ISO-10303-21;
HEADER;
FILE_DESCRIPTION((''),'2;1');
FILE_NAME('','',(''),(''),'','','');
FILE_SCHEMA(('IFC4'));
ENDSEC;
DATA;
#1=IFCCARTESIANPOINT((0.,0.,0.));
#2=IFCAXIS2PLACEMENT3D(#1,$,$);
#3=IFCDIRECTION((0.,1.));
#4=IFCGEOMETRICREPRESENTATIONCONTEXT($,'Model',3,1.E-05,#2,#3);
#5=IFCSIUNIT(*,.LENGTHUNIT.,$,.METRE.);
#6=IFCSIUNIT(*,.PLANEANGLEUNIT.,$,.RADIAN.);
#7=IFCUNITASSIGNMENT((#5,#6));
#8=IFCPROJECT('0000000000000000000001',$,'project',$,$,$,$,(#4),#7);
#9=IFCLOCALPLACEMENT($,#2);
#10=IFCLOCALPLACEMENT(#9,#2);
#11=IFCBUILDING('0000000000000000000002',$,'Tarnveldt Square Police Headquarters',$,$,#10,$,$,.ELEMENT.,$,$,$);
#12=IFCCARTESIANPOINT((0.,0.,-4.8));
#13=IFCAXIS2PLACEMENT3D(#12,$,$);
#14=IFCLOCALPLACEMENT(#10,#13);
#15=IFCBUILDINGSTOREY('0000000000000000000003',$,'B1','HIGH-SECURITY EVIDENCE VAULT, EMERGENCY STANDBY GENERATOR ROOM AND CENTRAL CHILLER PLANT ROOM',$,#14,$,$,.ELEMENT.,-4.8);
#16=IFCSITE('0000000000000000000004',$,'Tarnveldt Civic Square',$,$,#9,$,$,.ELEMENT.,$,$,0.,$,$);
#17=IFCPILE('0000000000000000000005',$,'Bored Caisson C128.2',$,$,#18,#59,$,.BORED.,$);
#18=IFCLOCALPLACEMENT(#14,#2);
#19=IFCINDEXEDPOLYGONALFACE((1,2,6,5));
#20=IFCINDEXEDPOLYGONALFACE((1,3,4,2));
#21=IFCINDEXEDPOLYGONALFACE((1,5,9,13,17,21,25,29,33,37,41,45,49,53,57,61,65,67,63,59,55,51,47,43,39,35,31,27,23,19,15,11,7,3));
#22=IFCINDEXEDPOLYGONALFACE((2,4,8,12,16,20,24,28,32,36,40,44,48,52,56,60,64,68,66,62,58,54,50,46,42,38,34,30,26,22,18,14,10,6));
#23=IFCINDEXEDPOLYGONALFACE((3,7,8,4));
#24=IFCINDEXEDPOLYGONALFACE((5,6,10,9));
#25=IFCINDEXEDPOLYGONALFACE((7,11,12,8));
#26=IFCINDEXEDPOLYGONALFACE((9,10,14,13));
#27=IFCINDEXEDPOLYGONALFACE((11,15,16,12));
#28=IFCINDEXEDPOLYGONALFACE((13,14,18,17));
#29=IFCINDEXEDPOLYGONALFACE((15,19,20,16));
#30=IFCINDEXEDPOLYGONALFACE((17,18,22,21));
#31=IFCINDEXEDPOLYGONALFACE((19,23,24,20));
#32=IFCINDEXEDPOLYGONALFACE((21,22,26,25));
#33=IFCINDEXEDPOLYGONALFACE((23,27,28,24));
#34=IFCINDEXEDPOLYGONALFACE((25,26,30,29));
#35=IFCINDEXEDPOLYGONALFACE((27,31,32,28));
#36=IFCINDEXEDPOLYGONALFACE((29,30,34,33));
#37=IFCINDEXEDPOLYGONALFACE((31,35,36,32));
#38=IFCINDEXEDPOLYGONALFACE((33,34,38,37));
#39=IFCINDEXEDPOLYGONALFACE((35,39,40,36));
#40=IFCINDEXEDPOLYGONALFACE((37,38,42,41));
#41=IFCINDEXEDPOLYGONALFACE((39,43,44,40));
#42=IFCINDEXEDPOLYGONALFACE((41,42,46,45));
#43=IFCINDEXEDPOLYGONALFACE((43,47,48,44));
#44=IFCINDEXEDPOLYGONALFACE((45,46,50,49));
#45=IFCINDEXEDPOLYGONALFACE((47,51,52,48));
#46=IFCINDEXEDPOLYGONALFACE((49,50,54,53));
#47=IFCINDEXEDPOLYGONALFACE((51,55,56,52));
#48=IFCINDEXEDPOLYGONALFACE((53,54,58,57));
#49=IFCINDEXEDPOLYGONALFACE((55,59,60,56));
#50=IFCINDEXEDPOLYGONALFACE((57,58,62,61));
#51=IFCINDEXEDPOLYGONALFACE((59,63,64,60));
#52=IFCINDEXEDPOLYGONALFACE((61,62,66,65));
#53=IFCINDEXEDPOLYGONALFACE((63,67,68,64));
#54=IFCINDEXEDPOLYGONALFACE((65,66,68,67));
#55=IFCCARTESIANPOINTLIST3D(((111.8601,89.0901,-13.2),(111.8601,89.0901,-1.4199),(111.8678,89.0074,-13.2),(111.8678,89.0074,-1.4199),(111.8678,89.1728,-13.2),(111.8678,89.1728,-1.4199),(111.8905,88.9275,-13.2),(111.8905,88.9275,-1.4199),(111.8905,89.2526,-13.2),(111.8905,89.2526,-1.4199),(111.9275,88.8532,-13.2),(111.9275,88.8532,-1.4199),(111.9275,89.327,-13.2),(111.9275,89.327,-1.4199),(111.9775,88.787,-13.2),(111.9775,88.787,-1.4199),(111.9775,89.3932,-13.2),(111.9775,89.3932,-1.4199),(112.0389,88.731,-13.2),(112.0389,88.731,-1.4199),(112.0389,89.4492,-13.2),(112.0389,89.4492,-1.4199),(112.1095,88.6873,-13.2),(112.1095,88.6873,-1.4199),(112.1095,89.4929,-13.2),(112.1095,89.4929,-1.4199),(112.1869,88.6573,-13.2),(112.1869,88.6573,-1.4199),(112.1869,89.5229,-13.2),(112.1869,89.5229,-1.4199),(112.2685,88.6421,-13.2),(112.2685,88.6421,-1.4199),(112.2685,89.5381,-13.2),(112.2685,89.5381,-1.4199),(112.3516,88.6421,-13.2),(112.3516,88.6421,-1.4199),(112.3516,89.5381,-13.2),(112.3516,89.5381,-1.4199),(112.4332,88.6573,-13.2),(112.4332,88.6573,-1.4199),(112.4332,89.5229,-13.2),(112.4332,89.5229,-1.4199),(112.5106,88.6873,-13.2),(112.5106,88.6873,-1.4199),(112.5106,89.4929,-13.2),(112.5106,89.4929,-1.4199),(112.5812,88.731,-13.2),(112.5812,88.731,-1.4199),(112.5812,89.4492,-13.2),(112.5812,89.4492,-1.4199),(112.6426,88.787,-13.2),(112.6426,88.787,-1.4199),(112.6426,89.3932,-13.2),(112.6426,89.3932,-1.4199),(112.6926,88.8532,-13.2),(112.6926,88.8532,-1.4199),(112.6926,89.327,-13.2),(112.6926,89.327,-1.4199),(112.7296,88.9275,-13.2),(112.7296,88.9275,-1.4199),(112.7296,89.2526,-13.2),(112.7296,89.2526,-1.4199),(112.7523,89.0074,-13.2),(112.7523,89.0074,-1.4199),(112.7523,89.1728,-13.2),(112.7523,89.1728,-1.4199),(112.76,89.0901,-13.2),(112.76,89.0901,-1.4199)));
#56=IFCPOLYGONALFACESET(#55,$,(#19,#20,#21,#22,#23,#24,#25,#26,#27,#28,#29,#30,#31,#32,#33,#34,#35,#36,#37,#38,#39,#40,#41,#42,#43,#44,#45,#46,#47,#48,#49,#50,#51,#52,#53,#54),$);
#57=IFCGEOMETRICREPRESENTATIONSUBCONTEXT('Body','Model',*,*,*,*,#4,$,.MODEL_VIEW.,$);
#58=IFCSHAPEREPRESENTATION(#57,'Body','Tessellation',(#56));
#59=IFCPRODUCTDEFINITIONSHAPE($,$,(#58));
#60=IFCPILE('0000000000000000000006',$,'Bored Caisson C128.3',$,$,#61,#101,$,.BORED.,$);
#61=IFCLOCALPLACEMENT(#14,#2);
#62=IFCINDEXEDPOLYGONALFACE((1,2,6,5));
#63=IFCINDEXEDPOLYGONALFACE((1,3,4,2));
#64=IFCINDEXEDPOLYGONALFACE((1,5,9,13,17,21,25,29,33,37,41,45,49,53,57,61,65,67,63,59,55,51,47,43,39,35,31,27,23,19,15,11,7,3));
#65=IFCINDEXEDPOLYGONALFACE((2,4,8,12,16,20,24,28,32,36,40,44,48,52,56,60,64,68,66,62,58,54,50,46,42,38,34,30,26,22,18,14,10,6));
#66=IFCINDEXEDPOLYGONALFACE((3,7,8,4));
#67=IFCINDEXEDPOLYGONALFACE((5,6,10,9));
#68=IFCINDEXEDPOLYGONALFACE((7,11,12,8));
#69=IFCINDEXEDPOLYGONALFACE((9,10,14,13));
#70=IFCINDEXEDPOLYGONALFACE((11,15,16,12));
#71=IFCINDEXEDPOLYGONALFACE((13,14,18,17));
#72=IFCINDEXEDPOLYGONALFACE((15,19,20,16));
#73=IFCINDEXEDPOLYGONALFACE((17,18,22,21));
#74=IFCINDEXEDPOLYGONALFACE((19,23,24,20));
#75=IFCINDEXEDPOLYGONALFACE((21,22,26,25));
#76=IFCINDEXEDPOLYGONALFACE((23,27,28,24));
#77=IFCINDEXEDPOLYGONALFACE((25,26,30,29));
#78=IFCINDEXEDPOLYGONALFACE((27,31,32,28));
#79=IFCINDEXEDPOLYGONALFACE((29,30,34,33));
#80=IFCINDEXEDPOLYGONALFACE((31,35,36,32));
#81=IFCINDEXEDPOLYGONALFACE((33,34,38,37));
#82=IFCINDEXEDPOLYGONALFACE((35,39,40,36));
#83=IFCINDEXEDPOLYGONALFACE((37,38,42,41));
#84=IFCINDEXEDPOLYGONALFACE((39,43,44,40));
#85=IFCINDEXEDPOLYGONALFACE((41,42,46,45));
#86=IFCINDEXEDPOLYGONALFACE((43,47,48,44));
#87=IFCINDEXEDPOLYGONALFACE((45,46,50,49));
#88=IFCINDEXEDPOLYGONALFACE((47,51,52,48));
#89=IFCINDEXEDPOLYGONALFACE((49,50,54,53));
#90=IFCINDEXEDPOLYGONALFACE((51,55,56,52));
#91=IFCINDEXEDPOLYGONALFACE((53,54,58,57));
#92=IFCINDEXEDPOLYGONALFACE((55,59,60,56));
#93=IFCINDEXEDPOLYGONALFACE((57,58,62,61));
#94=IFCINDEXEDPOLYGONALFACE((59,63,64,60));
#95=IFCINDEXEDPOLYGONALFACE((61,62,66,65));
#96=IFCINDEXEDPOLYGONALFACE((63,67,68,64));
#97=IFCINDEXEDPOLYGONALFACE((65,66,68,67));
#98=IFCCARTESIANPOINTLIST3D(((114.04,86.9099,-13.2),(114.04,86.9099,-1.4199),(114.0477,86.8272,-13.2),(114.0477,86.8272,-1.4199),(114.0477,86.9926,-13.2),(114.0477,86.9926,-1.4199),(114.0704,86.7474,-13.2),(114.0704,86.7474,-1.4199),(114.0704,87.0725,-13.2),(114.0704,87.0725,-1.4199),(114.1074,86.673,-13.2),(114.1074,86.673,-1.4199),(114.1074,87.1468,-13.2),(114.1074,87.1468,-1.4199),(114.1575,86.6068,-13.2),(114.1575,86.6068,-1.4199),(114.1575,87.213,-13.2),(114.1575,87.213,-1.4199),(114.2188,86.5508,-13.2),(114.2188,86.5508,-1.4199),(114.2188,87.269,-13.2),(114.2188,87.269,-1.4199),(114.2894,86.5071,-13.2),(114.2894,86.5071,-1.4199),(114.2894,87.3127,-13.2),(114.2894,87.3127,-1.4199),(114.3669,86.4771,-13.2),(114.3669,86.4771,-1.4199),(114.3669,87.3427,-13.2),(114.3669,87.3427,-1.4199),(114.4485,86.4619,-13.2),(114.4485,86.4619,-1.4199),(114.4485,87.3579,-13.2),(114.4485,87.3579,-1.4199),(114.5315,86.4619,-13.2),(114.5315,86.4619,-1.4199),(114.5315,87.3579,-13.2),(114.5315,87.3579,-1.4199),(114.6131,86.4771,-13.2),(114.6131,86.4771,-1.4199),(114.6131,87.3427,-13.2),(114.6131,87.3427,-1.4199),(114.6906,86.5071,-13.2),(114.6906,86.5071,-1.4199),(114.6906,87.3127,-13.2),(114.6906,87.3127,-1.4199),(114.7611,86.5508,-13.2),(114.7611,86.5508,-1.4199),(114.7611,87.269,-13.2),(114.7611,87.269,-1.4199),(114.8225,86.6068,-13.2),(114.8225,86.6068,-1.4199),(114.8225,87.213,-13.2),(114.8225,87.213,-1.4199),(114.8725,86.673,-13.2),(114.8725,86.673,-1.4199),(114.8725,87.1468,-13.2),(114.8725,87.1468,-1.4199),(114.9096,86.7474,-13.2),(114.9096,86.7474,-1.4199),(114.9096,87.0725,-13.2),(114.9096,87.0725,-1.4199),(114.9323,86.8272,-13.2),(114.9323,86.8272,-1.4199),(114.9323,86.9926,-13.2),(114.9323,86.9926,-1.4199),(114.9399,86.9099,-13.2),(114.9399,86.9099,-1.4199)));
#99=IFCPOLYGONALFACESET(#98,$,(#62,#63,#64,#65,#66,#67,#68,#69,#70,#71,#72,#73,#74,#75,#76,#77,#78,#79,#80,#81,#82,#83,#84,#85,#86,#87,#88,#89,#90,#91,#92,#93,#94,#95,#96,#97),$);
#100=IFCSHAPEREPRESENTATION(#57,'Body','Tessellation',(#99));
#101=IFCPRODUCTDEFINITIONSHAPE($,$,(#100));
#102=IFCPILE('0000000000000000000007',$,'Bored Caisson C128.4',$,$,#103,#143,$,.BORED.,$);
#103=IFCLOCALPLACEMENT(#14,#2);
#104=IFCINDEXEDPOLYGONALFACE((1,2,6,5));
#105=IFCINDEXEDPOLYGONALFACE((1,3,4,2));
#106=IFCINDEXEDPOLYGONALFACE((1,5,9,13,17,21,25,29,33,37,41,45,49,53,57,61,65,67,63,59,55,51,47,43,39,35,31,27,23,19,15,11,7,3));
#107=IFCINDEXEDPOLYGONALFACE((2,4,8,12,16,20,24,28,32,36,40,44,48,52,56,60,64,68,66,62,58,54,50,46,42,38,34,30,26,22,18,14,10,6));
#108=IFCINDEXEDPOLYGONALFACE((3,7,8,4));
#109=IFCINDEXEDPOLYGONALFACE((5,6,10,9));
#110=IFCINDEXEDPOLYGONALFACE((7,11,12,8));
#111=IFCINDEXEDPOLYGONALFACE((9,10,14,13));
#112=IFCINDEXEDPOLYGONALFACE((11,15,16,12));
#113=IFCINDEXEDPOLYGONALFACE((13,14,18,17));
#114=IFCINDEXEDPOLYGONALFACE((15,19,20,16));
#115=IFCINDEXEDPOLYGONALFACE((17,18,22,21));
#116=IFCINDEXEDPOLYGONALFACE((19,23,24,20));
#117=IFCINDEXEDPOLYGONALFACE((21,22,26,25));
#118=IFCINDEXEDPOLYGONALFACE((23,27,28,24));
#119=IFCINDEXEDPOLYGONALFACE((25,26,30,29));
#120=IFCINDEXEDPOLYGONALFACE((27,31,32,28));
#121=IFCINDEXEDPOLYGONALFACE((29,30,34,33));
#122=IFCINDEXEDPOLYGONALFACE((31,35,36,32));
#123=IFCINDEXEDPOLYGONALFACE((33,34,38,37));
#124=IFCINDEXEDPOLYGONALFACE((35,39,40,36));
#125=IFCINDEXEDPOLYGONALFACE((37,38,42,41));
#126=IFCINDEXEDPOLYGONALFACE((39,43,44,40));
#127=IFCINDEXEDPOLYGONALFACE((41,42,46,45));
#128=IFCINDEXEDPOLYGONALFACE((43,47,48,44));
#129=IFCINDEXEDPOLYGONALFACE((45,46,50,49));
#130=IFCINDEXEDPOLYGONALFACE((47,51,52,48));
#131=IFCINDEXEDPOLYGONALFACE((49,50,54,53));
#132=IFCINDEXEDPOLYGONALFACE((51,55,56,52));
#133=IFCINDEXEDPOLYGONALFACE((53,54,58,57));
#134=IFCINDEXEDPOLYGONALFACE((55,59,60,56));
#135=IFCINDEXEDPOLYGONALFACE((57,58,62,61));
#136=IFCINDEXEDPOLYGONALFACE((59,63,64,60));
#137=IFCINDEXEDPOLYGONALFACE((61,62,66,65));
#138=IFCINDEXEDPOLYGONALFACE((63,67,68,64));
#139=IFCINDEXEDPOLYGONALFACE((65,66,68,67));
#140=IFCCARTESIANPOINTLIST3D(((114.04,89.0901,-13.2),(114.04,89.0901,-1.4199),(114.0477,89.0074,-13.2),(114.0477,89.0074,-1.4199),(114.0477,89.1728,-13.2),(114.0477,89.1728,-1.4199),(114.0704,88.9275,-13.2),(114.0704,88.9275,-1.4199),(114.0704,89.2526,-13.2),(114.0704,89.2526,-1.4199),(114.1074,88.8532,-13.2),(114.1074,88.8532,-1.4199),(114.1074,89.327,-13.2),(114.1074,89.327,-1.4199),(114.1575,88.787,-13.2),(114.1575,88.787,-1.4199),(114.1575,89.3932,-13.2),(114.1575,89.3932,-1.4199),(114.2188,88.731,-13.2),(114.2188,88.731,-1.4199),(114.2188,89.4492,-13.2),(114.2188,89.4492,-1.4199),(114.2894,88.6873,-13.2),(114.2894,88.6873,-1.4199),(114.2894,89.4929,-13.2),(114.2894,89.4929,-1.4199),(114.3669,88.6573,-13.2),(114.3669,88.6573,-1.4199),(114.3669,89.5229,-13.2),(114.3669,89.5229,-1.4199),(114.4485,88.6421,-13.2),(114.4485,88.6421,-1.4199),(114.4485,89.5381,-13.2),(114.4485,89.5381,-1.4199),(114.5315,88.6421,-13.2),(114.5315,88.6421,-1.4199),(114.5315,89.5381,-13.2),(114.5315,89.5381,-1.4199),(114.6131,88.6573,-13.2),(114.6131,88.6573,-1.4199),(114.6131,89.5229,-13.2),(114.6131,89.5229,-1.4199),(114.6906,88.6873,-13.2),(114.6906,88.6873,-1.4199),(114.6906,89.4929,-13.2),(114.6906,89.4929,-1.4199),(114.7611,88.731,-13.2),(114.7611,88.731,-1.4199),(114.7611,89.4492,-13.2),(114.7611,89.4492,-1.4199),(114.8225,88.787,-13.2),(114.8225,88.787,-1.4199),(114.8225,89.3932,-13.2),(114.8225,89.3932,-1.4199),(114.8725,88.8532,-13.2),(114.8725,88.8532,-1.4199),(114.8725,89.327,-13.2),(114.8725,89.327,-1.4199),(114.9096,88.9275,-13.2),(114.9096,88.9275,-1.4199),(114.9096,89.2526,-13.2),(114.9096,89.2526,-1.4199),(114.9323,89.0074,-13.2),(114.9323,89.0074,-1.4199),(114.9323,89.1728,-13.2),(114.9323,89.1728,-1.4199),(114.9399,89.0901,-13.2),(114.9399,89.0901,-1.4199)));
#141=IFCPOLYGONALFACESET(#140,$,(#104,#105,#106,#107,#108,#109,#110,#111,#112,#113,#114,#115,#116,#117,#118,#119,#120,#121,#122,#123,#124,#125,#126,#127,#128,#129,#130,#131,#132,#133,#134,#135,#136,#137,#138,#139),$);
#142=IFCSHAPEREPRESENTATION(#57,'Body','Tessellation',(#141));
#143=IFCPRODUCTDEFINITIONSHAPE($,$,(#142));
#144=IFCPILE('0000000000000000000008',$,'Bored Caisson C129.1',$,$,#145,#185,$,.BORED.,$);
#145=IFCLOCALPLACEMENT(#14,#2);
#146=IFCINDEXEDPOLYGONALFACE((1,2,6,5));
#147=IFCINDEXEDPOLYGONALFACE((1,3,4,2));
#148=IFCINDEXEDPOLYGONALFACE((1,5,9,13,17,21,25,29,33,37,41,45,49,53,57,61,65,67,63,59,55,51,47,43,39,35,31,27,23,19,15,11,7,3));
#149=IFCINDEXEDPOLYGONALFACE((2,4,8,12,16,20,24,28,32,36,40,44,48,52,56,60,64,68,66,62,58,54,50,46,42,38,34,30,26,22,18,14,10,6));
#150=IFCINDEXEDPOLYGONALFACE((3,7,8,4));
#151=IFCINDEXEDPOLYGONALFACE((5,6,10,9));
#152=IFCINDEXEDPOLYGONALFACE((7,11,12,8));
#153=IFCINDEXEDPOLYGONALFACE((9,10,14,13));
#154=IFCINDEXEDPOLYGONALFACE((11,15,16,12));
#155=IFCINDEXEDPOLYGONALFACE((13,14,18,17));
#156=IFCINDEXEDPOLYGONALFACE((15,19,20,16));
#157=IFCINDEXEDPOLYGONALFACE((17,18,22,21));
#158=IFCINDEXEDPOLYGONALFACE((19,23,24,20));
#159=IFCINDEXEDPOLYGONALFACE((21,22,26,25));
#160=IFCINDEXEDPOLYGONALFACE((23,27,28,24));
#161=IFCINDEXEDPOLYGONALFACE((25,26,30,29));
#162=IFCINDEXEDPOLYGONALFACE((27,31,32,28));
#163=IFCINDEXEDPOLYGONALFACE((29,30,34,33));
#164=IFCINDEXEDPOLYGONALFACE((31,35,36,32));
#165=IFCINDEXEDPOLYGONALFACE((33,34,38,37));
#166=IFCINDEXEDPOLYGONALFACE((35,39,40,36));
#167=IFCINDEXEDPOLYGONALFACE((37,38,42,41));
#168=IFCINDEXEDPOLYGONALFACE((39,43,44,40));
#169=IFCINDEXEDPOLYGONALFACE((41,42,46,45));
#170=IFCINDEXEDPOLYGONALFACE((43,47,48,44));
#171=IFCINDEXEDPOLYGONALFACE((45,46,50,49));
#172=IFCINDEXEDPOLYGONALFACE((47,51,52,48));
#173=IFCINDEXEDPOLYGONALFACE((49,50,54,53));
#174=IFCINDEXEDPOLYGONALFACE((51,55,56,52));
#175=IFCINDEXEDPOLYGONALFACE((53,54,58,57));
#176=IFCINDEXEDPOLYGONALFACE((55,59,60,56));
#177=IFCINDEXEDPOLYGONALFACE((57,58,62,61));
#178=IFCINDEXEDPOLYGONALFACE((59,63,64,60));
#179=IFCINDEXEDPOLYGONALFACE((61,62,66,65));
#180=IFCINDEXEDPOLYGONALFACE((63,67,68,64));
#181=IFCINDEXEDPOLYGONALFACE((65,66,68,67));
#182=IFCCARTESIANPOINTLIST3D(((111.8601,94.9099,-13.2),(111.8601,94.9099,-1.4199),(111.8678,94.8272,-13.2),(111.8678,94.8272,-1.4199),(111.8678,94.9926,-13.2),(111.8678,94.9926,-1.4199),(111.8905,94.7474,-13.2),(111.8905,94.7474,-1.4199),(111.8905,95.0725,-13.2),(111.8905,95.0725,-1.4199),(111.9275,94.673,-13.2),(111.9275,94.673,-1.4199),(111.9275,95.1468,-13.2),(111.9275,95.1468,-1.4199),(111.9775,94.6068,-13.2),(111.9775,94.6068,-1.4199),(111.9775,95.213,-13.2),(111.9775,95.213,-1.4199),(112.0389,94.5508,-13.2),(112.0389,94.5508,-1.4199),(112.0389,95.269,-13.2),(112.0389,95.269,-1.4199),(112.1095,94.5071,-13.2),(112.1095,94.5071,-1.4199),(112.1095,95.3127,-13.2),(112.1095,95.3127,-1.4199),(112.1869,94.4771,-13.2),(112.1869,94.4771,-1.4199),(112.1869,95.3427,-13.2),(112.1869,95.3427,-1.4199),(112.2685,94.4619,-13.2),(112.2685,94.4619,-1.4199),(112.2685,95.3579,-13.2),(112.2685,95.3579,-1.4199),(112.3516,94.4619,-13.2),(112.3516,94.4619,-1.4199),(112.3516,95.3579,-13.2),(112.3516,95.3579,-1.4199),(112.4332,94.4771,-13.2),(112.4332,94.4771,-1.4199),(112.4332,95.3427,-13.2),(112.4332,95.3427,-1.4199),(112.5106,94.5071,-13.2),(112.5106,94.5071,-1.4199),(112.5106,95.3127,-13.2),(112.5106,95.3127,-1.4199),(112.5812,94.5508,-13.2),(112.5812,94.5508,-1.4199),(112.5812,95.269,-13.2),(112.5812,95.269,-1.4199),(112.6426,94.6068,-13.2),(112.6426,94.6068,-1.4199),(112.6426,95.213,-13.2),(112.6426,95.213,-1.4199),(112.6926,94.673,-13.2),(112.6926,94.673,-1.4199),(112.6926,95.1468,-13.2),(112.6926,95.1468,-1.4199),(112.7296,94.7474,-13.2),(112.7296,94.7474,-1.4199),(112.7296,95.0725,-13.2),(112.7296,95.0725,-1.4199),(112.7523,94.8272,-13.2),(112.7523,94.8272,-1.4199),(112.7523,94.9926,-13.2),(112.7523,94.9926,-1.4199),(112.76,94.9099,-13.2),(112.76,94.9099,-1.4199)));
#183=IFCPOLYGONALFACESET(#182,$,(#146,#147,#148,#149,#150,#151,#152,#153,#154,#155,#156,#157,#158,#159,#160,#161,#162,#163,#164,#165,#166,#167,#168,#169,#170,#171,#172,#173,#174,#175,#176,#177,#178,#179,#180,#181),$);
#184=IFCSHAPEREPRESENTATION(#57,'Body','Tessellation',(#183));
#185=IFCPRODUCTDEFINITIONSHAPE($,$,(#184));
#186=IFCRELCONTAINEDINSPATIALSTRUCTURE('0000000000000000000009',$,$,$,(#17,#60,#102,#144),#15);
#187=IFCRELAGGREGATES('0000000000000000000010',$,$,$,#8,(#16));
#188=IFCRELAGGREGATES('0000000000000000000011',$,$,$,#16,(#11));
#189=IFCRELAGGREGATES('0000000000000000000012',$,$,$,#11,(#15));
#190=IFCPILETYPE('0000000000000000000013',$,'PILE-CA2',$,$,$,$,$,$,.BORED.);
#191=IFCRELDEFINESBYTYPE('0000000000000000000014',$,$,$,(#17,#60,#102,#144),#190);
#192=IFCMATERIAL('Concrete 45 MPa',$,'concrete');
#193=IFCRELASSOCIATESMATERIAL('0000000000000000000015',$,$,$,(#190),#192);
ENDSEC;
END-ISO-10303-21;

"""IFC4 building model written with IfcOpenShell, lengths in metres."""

from ifc_helpers import new_model, si_unit, direction, frame, origin, origin_2d, place, context, subcontext, project, spatial, circle, extrude, material, material_profile, profile_set, type_object, element, save


model = new_model("IFC4")

# Units and contexts
model_context = context("Model", 3, precision=1e-05, world=origin(), true_north=direction((0.0, 1.0)))
body_context = subcontext(model_context, "Body", "Model", "MODEL_VIEW")
ifc_project = project(units=[si_unit("LENGTHUNIT", "METRE"), si_unit("PLANEANGLEUNIT", "RADIAN")], contexts=[model_context])

# Site, building, storey
site_placement = place(None, origin())
site = spatial("IfcSite", under=ifc_project, at=site_placement, Name="Tarnveldt Civic Square", CompositionType="ELEMENT", RefElevation=0.0)
building_placement = place(site_placement, origin())
building = spatial("IfcBuilding", under=site, at=building_placement, Name="Tarnveldt Square Police Headquarters", CompositionType="ELEMENT")
storey_placement = place(building_placement, frame((0.0, 0.0, -4.8)))
storey = spatial("IfcBuildingStorey", under=building, at=storey_placement, Name="B1", Description="HIGH-SECURITY EVIDENCE VAULT, EMERGENCY STANDBY GENERATOR ROOM AND CENTRAL CHILLER PLANT ROOM", CompositionType="ELEMENT", Elevation=-4.8)

# Shared definitions
ifc_material_1 = material(Name="Concrete 45 MPa", Category="concrete")

# Piles
ifc_material_profile_1 = material_profile(ifc_material_1, circle(Radius=0.45, at=origin_2d()), Name="CAISSON-D900")
ifc_profile_set_1 = profile_set([ifc_material_profile_1], Name="Concrete 45 MPa")
pile_type = type_object("IfcPileType", Name="PILE-CA2", PredefinedType="BORED", material=ifc_profile_set_1)
for number, where, z_axis, x_axis, name in (
    (1, (112.3101, 89.0901, -1.4199), (0.0, 0.0, -1.0), (1.0, 0.0, 0.0), "Bored Caisson C128.2"),
    (2, (114.49, 86.9099, -1.4199), (0.0, 0.0, -1.0), (1.0, 0.0, 0.0), "Bored Caisson C128.3"),
    (3, (114.49, 89.0901, -1.4199), (0.0, 0.0, -1.0), (1.0, 0.0, 0.0), "Bored Caisson C128.4"),
    (4, (112.3101, 94.9099, -1.4199), (0.0, 0.0, -1.0), (1.0, 0.0, 0.0), "Bored Caisson C129.1"),
):
    element("IfcPile", number, at=place(storey_placement, frame(where, z_axis=z_axis, x_axis=x_axis)), inside=storey, type_object=pile_type, Name=name, PredefinedType="BORED", context=body_context, shape_type="SweptSolid", body=[
        extrude(circle(Radius=0.45, at=origin_2d()), origin(), (0.0, 0.0, 1.0), 11.78),
    ])

save(model, "model.ifc")
